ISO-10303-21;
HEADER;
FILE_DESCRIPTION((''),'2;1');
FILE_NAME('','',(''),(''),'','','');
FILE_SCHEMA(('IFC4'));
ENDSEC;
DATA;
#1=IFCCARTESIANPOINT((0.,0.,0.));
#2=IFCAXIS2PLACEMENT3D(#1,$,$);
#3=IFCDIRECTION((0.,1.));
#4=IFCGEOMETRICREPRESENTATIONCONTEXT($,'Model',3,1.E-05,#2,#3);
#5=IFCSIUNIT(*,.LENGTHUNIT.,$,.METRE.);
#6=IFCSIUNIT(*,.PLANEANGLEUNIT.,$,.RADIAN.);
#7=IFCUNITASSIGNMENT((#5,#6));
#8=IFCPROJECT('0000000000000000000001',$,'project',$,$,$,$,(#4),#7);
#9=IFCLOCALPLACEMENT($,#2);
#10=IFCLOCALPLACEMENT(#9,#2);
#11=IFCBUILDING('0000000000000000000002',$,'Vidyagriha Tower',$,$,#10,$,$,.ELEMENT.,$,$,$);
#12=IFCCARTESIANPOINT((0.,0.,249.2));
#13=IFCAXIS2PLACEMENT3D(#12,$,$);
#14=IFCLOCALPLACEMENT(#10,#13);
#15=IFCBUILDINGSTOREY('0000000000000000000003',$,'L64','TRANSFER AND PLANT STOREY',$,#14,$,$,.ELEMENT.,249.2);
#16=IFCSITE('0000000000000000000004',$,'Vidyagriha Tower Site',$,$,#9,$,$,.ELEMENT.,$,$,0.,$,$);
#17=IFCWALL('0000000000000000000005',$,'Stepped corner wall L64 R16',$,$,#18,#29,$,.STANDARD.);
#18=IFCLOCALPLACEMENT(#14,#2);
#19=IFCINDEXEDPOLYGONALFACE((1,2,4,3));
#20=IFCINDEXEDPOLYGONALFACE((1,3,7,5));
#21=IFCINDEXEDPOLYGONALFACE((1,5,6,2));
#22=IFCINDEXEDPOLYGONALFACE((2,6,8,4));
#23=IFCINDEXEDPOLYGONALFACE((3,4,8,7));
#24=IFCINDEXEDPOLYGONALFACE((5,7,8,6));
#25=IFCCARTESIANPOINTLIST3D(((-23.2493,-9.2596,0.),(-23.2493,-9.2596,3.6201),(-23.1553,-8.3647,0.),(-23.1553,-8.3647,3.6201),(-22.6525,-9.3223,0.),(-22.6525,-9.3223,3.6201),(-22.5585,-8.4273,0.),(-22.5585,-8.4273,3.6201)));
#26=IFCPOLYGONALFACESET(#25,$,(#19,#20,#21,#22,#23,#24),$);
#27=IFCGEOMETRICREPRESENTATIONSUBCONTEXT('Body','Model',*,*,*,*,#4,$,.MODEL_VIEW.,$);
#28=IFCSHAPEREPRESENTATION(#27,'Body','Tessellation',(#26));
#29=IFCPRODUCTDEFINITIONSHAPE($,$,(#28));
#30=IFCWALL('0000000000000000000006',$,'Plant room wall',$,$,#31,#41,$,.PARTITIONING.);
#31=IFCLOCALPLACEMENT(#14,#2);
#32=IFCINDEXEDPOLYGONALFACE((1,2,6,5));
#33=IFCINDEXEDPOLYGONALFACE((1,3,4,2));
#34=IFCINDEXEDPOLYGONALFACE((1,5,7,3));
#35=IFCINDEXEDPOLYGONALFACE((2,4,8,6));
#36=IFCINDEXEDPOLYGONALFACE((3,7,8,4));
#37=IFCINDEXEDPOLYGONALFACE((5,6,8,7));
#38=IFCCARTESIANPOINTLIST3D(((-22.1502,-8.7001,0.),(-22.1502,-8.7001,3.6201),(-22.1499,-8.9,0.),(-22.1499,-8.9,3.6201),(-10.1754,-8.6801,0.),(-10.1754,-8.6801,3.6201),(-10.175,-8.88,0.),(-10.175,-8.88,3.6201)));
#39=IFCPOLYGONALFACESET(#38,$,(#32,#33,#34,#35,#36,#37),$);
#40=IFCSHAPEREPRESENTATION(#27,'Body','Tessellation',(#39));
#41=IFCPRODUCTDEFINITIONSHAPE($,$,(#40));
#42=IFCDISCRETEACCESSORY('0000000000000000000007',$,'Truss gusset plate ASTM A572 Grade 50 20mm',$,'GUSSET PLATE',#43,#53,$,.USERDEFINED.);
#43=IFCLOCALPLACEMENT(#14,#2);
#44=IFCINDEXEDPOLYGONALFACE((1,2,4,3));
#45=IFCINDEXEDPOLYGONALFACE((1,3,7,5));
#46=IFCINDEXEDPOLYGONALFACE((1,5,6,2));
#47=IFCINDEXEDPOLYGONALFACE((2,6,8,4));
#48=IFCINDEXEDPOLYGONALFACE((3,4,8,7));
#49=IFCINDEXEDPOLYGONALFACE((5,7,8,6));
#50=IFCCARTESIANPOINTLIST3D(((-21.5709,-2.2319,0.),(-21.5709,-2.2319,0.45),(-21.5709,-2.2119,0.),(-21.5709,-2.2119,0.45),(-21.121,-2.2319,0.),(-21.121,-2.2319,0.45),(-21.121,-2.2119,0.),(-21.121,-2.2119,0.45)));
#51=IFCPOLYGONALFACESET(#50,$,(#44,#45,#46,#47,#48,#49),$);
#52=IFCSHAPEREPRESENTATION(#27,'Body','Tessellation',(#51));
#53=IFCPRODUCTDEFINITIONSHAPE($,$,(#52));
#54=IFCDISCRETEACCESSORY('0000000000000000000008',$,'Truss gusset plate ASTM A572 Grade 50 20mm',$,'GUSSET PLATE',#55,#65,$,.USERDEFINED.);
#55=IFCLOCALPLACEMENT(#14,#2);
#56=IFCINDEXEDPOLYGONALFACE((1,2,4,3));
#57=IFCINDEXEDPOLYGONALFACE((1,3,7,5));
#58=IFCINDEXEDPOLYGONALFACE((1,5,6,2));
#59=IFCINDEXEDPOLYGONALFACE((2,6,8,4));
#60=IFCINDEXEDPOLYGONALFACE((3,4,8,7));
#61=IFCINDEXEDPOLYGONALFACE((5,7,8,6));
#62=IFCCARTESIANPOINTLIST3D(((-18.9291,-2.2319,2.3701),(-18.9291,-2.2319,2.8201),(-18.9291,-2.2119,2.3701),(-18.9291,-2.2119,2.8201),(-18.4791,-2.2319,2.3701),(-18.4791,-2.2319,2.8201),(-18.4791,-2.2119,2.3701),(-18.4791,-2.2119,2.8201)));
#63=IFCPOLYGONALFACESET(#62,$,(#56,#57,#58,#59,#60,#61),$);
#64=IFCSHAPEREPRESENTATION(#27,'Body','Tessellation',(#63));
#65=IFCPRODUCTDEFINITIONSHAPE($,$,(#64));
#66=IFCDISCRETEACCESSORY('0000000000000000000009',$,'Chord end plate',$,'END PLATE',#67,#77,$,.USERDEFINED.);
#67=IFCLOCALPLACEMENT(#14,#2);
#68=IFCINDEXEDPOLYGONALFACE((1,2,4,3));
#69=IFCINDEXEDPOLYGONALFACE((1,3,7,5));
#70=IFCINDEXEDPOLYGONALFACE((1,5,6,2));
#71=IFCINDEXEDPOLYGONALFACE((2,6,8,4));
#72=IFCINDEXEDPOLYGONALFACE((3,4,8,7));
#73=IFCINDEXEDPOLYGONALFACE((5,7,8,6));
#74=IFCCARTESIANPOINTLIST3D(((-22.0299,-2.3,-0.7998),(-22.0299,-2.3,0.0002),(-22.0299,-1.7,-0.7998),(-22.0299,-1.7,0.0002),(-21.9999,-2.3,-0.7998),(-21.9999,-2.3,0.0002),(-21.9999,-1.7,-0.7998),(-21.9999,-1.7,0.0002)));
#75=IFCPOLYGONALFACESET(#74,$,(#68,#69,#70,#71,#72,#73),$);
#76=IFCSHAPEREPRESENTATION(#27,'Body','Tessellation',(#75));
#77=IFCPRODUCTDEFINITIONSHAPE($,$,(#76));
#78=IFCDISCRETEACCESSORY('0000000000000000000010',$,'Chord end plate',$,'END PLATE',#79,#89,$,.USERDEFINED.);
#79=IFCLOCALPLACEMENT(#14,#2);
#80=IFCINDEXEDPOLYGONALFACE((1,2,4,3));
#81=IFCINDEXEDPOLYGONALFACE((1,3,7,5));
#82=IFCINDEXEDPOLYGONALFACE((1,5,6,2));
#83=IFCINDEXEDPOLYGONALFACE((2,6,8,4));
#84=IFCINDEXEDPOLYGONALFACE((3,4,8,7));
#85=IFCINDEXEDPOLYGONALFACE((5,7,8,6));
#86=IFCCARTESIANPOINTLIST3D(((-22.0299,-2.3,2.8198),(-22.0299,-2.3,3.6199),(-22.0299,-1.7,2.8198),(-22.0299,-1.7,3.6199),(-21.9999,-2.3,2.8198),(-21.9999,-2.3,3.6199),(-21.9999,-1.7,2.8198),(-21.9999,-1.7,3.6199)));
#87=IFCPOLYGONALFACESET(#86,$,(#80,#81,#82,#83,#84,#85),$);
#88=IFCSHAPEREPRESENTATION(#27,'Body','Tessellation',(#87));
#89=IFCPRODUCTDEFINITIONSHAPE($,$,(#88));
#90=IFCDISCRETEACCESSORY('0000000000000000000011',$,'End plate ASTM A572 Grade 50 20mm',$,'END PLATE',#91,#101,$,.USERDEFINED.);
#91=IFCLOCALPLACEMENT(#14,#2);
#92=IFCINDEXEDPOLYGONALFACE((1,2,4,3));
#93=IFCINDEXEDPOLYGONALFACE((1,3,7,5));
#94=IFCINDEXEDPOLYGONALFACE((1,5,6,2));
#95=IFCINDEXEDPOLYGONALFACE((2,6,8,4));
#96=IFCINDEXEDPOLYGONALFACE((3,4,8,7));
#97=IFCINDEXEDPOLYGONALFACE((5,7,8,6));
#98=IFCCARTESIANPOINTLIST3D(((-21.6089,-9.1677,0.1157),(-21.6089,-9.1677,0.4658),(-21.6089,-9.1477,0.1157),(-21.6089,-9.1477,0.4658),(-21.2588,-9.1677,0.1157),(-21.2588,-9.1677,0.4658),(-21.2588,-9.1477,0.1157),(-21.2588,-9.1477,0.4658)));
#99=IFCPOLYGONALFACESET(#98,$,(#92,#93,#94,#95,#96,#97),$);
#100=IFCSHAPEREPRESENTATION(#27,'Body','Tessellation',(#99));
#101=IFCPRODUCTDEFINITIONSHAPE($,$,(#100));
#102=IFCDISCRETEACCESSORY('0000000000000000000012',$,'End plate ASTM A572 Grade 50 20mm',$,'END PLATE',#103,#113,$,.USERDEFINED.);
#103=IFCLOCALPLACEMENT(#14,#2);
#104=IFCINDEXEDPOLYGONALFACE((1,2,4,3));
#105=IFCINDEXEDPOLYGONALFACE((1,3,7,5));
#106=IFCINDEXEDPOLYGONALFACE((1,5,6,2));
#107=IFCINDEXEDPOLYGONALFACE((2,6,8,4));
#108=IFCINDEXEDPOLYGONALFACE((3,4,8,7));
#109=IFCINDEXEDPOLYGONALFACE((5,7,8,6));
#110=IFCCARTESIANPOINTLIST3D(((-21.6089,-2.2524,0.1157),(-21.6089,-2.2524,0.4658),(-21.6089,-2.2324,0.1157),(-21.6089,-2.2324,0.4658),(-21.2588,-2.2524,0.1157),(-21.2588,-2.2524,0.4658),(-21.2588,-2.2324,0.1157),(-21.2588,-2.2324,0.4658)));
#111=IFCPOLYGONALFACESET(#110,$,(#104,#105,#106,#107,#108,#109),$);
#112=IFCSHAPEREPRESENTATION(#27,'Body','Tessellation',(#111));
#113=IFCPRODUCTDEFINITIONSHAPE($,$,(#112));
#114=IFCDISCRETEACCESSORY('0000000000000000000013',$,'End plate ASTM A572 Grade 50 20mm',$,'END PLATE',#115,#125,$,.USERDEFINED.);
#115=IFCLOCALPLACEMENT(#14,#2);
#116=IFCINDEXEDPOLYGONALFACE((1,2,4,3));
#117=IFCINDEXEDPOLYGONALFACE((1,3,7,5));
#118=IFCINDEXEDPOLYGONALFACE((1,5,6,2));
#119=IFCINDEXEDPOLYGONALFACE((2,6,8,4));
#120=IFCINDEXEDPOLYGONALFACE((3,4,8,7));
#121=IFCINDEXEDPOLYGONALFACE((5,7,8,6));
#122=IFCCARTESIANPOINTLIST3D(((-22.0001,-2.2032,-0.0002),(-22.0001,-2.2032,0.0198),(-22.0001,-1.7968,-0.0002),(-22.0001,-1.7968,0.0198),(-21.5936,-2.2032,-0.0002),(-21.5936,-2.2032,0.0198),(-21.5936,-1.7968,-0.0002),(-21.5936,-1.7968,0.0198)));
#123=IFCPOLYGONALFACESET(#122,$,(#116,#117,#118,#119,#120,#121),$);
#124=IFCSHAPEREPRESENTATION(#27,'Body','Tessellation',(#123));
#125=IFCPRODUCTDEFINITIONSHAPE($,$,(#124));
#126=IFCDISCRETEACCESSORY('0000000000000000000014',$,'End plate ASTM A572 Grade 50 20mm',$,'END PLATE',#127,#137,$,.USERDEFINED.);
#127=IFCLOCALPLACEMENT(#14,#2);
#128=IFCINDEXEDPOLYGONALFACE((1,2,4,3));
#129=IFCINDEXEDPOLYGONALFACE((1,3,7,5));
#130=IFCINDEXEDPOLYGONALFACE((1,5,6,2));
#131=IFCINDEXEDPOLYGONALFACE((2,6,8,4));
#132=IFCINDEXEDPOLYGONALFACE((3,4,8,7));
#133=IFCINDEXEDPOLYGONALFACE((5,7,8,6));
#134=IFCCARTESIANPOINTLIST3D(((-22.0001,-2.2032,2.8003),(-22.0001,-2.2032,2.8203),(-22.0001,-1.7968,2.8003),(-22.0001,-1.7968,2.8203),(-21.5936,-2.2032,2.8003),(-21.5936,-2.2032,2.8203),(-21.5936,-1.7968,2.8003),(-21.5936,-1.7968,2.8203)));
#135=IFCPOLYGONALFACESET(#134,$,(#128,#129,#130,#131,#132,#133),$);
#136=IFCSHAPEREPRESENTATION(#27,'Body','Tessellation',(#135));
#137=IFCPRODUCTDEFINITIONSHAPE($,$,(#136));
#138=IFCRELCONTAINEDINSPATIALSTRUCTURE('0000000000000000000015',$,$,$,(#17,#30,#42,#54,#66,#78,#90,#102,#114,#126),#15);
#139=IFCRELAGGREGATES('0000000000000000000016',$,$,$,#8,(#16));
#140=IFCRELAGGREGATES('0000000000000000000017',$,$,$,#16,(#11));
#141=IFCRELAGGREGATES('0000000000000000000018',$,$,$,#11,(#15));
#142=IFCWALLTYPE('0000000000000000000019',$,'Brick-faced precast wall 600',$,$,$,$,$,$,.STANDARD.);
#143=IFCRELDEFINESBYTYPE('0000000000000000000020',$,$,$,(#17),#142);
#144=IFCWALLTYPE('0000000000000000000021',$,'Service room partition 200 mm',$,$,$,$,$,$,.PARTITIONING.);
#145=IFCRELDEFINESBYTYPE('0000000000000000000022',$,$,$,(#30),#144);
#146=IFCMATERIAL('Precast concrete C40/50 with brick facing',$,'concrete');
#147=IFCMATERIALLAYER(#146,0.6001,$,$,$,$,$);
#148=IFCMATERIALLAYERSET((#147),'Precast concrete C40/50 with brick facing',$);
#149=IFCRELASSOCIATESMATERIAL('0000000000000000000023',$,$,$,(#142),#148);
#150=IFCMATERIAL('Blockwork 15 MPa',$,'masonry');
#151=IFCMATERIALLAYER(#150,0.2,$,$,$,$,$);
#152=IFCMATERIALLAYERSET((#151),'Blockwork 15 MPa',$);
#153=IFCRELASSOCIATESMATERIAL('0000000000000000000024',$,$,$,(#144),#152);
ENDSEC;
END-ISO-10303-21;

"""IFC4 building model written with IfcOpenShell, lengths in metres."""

from ifc_helpers import new_model, si_unit, direction, frame, frame_2d, origin, origin_2d, place, context, subcontext, project, spatial, rectangle, extrude, material, layer, layer_set, type_object, element, save


model = new_model("IFC4")

# Units and contexts
model_context = context("Model", 3, precision=1e-05, world=origin(), true_north=direction((0.0, 1.0)))
body_context = subcontext(model_context, "Body", "Model", "MODEL_VIEW")
ifc_project = project(units=[si_unit("LENGTHUNIT", "METRE"), si_unit("PLANEANGLEUNIT", "RADIAN")], contexts=[model_context])

# Site, building, storey
site_placement = place(None, origin())
site = spatial("IfcSite", under=ifc_project, at=site_placement, Name="Vidyagriha Tower Site", CompositionType="ELEMENT", RefElevation=0.0)
building_placement = place(site_placement, origin())
building = spatial("IfcBuilding", under=site, at=building_placement, Name="Vidyagriha Tower", CompositionType="ELEMENT")
storey_placement = place(building_placement, frame((0.0, 0.0, 249.2)))
storey = spatial("IfcBuildingStorey", under=building, at=storey_placement, Name="L64", Description="TRANSFER AND PLANT STOREY", CompositionType="ELEMENT", Elevation=249.2)

# Walls
ifc_material_1 = material(Name="Precast concrete C40/50 with brick facing", Category="concrete")
ifc_layer_1 = layer(ifc_material_1, 0.6001)
ifc_layer_set_1 = layer_set([ifc_layer_1], Name="Precast concrete C40/50 with brick facing")
wall_type_1 = type_object("IfcWallType", Name="Brick-faced precast wall 600", PredefinedType="STANDARD", material=ifc_layer_set_1)
wall_1_placement = place(storey_placement, frame((-22.8569, -8.396, 0.0), z_axis=(0.0, 0.0, 1.0), x_axis=(-0.104445, -0.994531, 0.0)))
element("IfcWall", 1, at=wall_1_placement, inside=storey, type_object=wall_type_1, Name="Stepped corner wall L64 R16", PredefinedType="STANDARD", context=body_context, shape_type="SweptSolid", body=[
    extrude(rectangle(XDim=0.8999, YDim=0.6001, at=frame_2d((0.45, 0.0))), origin(), (0.0, 0.0, 1.0), 3.6201),
])
ifc_material_2 = material(Name="Blockwork 15 MPa", Category="masonry")
ifc_layer_2 = layer(ifc_material_2, 0.2)
ifc_layer_set_2 = layer_set([ifc_layer_2], Name="Blockwork 15 MPa")
wall_type_2 = type_object("IfcWallType", Name="Service room partition 200 mm", PredefinedType="PARTITIONING", material=ifc_layer_set_2)
wall_2_placement = place(storey_placement, frame((-22.1499, -8.8, 0.0), z_axis=(0.0, 0.0, 1.0), x_axis=(0.999999, 0.001672, 0.0)))
element("IfcWall", 2, at=wall_2_placement, inside=storey, type_object=wall_type_2, Name="Plant room wall", PredefinedType="PARTITIONING", context=body_context, shape_type="SweptSolid", body=[
    extrude(rectangle(XDim=11.9749, YDim=0.2, at=frame_2d((5.9873, 0.0))), origin(), (0.0, 0.0, 1.0), 3.6201),
])

# Discrete accessories
for number, where, name in (
    (3, (-21.3459, -2.2219, 0.0), "Truss gusset plate ASTM A572 Grade 50 20mm"),
    (4, (-18.7041, -2.2219, 2.3701), "Truss gusset plate ASTM A572 Grade 50 20mm"),
):
    element("IfcDiscreteAccessory", number, at=place(storey_placement, frame(where)), inside=storey, Name=name, ObjectType="GUSSET PLATE", PredefinedType="USERDEFINED", context=body_context, shape_type="SweptSolid", body=[
        extrude(rectangle(XDim=0.45, YDim=0.02, at=origin_2d()), origin(), (0.0, 0.0, 1.0), 0.45),
    ])
for number, where, z_axis, x_axis, name in (
    (5, (-22.0149, -2.0, -0.7998), (0.0, 0.0, 1.0), (-1.0, 0.0, 0.0), "Chord end plate"),
    (6, (-22.0149, -2.0, 2.8198), (0.0, 0.0, 1.0), (-1.0, 0.0, 0.0), "Chord end plate"),
):
    element("IfcDiscreteAccessory", number, at=place(storey_placement, frame(where, z_axis=z_axis, x_axis=x_axis)), inside=storey, Name=name, ObjectType="END PLATE", PredefinedType="USERDEFINED", context=body_context, shape_type="SweptSolid", body=[
        extrude(rectangle(XDim=0.03, YDim=0.6001, at=origin_2d()), origin(), (0.0, 0.0, 1.0), 0.8),
    ])
for number, where, z_axis, x_axis, name in (
    (7, (-21.4338, -9.1577, 0.1157), (0.0, 0.0, 1.0), (-1.0, 0.0, 0.0), "End plate ASTM A572 Grade 50 20mm"),
    (8, (-21.4338, -2.2424, 0.1157), (0.0, 0.0, 1.0), (-1.0, 0.0, 0.0), "End plate ASTM A572 Grade 50 20mm"),
):
    element("IfcDiscreteAccessory", number, at=place(storey_placement, frame(where, z_axis=z_axis, x_axis=x_axis)), inside=storey, Name=name, ObjectType="END PLATE", PredefinedType="USERDEFINED", context=body_context, shape_type="SweptSolid", body=[
        extrude(rectangle(XDim=0.3501, YDim=0.02, at=origin_2d()), origin(), (0.0, 0.0, 1.0), 0.3501),
    ])
for number, where, name in (
    (9, (-21.7969, -2.0, -0.0002), "End plate ASTM A572 Grade 50 20mm"),
    (10, (-21.7969, -2.0, 2.8003), "End plate ASTM A572 Grade 50 20mm"),
):
    element("IfcDiscreteAccessory", number, at=place(storey_placement, frame(where)), inside=storey, Name=name, ObjectType="END PLATE", PredefinedType="USERDEFINED", context=body_context, shape_type="SweptSolid", body=[
        extrude(rectangle(XDim=0.4065, YDim=0.4065, at=origin_2d()), origin(), (0.0, 0.0, 1.0), 0.02),
    ])

save(model, "model.ifc")
